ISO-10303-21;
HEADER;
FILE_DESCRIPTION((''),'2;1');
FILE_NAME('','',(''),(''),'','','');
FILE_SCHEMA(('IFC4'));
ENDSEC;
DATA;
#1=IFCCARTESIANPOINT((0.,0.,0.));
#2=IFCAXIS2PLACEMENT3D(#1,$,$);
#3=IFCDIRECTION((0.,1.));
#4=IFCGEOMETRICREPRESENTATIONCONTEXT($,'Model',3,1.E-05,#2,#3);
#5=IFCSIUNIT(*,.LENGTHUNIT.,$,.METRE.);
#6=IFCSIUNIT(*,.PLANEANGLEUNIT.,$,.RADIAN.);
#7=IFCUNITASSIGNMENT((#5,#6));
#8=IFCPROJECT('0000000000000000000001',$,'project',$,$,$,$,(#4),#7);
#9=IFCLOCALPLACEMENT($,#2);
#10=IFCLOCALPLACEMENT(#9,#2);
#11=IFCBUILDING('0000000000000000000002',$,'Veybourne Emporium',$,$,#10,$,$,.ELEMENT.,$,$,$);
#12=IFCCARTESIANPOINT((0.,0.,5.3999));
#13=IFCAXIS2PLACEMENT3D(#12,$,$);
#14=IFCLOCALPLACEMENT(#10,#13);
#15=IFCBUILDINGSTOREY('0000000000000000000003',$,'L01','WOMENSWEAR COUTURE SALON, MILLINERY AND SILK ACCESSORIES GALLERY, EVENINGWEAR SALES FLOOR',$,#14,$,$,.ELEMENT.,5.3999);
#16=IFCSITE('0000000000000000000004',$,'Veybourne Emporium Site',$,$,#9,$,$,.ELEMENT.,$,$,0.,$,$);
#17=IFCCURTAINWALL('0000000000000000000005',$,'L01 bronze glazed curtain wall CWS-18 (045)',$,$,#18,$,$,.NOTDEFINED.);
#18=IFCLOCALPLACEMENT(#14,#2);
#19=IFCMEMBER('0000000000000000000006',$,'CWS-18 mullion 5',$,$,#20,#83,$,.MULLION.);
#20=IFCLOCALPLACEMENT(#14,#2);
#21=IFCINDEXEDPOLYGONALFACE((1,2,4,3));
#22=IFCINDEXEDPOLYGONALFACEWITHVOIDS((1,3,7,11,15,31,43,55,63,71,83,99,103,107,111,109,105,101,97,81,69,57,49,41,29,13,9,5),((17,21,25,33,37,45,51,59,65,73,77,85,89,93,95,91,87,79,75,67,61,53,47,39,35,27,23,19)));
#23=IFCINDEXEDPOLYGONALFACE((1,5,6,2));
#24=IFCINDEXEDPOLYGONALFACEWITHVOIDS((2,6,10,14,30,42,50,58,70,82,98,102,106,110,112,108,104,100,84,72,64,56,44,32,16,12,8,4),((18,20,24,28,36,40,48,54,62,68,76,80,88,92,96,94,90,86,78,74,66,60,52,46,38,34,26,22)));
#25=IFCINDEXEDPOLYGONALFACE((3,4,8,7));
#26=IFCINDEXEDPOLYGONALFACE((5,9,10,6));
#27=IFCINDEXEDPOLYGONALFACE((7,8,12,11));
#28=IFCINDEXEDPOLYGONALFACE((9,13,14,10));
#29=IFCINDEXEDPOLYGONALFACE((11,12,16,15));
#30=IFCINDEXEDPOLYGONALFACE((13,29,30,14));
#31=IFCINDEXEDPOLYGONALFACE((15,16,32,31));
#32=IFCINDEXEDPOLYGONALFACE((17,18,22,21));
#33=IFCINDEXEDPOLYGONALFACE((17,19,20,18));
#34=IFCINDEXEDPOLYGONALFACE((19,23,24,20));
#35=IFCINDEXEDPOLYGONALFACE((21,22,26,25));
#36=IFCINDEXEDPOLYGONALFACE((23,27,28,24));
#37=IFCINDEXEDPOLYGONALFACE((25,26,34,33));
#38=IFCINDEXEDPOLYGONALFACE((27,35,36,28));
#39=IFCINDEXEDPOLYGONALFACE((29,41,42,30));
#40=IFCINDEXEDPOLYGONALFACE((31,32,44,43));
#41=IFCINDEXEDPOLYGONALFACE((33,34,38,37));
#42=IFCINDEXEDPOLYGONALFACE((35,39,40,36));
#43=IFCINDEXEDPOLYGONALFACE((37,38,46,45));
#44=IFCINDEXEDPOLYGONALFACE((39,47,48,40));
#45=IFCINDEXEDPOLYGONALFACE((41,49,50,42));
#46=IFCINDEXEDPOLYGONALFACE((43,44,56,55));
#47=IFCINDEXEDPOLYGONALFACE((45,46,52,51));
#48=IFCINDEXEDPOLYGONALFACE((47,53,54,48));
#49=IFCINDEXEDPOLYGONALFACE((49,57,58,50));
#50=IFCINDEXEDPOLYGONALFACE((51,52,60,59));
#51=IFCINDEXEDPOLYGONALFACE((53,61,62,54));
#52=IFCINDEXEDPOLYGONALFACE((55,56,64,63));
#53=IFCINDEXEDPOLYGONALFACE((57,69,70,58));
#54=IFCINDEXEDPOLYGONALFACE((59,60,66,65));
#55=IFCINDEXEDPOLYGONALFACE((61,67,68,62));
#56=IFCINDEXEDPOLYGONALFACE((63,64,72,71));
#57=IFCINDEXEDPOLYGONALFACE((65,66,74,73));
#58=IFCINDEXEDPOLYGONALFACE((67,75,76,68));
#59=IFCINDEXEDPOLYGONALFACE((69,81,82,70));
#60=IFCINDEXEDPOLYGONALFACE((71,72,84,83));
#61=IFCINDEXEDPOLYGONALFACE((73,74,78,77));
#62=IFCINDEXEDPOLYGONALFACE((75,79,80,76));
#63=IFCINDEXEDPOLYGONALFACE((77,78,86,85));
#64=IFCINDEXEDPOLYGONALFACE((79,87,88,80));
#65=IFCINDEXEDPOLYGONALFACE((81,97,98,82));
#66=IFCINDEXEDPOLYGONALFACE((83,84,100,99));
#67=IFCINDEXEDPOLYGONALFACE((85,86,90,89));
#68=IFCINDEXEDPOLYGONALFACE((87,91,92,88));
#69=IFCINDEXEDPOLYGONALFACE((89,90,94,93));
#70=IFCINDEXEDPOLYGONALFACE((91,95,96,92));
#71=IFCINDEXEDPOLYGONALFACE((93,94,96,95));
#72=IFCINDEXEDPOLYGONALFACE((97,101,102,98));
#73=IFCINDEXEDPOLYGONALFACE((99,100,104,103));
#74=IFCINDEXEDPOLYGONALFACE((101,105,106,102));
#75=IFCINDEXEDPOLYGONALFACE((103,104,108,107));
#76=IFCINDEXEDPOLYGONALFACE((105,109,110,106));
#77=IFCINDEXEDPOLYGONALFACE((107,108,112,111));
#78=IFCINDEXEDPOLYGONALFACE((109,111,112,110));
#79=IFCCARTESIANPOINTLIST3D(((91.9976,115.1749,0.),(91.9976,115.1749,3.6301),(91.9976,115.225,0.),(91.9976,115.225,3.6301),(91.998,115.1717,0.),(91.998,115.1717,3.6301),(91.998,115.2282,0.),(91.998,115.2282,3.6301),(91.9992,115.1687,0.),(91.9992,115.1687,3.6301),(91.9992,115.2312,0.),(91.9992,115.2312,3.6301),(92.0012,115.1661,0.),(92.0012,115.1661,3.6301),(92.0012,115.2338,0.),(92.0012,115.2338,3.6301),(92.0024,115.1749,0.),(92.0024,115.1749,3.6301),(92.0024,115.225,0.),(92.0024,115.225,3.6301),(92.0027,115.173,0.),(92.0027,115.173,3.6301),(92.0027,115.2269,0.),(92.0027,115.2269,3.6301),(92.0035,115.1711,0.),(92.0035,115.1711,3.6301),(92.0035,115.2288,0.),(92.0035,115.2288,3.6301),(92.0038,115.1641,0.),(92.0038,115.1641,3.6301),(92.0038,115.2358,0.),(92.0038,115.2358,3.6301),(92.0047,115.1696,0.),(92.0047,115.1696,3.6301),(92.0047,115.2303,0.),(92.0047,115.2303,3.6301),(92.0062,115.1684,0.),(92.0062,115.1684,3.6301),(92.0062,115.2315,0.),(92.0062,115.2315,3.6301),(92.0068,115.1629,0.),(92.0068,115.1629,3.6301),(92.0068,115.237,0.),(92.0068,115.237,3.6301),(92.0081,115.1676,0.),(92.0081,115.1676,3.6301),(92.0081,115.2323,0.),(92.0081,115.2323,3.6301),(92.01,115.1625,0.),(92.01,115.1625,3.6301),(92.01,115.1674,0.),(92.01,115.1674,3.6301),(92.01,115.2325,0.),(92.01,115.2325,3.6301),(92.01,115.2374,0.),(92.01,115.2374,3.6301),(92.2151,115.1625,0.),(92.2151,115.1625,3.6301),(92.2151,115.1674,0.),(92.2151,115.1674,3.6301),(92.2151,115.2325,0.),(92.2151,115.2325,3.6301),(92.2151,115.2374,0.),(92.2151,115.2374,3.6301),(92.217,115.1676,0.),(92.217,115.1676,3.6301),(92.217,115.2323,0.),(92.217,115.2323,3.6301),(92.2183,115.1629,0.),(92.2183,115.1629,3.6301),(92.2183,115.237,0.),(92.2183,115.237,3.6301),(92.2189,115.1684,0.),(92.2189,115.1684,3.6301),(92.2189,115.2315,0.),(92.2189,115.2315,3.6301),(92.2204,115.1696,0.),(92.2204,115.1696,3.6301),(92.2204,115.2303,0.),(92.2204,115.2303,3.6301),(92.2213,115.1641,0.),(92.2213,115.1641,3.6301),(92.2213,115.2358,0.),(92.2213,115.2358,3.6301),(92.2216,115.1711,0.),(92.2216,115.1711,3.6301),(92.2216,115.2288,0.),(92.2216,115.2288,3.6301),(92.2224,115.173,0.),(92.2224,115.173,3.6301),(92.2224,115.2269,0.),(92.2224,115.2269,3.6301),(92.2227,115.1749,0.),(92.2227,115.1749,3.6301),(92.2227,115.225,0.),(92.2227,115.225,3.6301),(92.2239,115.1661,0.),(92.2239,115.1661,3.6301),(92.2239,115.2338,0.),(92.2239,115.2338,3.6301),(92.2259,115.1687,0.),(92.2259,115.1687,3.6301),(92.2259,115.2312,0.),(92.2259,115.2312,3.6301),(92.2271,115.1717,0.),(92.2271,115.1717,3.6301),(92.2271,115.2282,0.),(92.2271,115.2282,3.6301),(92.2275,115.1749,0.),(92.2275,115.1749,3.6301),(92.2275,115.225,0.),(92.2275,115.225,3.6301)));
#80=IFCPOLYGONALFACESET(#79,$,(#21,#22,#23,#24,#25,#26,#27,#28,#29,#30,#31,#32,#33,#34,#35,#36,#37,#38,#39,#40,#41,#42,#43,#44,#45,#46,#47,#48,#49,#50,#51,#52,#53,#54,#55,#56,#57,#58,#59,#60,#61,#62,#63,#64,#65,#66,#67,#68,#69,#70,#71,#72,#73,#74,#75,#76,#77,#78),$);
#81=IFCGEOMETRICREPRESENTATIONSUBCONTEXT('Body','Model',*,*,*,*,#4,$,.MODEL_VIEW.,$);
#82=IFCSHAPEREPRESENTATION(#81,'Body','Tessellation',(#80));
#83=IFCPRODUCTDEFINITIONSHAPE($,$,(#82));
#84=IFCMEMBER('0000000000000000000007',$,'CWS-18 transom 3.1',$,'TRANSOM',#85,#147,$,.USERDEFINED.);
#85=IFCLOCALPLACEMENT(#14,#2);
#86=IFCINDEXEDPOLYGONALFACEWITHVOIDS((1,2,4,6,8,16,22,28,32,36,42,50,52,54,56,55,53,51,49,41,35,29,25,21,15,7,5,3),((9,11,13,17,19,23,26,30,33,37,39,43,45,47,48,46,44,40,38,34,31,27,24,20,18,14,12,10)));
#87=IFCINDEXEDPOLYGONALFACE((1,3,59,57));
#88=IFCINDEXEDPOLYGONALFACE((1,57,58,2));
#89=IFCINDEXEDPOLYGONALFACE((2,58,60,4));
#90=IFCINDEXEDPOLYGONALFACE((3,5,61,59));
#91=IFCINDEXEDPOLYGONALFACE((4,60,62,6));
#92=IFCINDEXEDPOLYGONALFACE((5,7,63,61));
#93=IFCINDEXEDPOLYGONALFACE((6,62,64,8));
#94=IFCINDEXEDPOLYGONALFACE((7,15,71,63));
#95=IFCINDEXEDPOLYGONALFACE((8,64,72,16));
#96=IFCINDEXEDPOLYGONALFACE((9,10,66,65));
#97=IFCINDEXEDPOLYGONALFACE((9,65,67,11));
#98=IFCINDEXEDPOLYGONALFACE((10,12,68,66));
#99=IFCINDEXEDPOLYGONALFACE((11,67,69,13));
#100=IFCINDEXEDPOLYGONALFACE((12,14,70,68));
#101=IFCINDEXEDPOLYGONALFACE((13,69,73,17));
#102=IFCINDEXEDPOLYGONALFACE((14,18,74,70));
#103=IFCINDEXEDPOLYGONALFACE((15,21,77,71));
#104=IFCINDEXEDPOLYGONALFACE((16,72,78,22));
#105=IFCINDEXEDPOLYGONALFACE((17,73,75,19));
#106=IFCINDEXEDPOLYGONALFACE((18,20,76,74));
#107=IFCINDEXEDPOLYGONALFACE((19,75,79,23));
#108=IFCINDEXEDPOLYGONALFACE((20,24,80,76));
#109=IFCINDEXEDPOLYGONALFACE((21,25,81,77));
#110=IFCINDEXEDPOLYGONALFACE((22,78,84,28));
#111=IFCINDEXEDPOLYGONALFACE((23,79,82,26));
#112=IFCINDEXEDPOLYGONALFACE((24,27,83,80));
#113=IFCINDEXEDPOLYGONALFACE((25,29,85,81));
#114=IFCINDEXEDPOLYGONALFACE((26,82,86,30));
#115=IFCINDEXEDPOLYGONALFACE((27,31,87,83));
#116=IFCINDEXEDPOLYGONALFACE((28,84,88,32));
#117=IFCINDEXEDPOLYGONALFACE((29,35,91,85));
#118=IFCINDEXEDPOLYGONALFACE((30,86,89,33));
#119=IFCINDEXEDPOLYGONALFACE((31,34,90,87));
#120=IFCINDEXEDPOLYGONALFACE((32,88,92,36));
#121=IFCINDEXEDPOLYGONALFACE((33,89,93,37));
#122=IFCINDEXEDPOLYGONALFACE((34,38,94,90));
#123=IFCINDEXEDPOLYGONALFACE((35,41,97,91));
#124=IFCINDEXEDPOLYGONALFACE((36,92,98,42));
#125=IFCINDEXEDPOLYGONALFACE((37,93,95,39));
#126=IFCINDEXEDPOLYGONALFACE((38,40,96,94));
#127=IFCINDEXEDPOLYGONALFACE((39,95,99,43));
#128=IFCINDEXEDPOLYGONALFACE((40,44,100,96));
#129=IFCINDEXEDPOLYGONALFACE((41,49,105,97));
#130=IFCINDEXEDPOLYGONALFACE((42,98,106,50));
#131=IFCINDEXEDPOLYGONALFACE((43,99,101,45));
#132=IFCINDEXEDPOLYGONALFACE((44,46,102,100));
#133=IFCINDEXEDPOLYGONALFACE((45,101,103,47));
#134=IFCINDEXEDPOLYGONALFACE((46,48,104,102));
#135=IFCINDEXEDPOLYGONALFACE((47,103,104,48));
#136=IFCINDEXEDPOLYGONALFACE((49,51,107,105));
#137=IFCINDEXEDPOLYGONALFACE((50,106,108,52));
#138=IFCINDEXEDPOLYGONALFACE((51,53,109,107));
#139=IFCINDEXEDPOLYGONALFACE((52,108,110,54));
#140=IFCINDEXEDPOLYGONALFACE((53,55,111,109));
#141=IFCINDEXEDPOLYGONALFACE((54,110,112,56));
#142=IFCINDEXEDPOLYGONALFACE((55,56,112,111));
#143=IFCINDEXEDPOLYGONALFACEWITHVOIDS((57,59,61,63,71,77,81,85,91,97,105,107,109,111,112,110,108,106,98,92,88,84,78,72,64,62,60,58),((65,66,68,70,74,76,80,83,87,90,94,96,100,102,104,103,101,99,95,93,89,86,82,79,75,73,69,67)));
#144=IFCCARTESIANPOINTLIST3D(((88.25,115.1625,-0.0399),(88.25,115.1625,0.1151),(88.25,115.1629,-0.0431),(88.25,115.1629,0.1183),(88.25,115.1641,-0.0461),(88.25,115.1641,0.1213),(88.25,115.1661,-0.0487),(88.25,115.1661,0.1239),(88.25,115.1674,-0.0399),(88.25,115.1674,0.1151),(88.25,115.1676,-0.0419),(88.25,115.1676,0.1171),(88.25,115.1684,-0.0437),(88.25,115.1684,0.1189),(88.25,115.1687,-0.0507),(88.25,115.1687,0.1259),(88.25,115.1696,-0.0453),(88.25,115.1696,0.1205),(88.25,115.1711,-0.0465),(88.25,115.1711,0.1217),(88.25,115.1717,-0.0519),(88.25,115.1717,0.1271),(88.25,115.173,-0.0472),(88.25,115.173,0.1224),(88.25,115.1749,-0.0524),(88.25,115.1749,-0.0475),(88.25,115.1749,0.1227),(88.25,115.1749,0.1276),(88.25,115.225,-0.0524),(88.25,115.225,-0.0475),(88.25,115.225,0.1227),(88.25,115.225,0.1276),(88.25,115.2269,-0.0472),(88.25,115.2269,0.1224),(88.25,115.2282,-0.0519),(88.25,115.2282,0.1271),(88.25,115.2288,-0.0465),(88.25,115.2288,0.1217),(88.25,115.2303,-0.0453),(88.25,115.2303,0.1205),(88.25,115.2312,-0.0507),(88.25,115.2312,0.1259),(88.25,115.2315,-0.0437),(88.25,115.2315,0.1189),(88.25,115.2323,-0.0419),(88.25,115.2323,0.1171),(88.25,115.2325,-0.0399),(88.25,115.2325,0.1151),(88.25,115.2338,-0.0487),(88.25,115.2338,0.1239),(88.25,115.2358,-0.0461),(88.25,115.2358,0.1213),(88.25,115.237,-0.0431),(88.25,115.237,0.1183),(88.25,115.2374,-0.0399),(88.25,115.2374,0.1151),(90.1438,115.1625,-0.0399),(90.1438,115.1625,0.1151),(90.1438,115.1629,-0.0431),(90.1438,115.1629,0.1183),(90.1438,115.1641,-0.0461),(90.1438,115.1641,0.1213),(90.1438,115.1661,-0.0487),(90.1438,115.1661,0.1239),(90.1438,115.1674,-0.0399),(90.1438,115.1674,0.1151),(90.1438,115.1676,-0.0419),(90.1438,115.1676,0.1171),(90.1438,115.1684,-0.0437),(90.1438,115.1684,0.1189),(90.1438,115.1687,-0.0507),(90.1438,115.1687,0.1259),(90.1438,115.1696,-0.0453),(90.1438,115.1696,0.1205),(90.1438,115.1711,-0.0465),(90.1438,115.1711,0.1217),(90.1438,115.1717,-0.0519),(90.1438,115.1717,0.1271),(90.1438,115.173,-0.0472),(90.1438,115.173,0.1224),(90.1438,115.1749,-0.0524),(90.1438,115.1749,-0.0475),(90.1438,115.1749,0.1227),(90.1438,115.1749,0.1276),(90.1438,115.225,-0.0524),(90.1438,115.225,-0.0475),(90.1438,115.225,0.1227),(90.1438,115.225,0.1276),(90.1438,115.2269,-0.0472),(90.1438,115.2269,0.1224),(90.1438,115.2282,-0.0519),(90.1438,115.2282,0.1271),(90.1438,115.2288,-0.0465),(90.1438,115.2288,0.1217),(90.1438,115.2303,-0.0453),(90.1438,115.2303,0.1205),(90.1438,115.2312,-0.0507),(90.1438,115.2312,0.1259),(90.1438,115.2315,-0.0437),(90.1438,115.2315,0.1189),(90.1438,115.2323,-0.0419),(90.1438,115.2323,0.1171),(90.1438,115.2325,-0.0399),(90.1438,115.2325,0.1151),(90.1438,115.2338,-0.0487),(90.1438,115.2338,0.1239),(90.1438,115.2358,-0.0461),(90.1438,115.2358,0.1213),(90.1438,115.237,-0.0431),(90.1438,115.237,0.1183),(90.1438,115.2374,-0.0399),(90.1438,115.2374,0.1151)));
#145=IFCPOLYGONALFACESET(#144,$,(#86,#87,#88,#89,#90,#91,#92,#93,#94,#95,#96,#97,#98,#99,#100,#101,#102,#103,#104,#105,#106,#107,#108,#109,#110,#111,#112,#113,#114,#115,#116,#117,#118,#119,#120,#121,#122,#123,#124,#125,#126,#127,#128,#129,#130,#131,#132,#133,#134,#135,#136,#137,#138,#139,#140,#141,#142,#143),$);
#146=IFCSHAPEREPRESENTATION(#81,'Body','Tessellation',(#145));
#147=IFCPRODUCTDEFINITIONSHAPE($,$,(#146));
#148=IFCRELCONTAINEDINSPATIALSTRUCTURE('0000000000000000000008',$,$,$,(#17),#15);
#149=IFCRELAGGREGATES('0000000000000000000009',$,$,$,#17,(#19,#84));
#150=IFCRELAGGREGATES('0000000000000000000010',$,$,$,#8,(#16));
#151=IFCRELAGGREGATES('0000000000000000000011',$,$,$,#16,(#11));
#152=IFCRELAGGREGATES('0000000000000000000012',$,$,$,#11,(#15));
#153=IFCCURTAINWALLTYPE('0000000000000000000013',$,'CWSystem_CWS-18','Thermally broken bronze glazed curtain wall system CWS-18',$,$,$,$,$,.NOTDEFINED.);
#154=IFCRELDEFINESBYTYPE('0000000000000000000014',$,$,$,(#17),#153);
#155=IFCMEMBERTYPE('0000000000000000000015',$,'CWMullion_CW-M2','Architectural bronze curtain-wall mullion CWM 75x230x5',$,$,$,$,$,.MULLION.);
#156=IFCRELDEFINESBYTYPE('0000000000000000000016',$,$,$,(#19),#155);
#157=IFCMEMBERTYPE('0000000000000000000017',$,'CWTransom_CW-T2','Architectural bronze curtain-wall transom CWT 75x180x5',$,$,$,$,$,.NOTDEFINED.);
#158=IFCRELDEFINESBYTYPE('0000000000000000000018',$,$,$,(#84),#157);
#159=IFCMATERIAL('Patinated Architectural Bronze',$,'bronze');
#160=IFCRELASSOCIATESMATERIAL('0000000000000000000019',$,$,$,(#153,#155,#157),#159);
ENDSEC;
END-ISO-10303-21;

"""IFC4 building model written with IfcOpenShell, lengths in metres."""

from ifc_helpers import new_model, si_unit, direction, frame, origin, origin_2d, place, context, subcontext, project, spatial, hollow_rectangle, extrude, material, material_profile, profile_set, type_object, element, aggregate, save


model = new_model("IFC4")

# Units and contexts
model_context = context("Model", 3, precision=1e-05, world=origin(), true_north=direction((0.0, 1.0)))
body_context = subcontext(model_context, "Body", "Model", "MODEL_VIEW")
ifc_project = project(units=[si_unit("LENGTHUNIT", "METRE"), si_unit("PLANEANGLEUNIT", "RADIAN")], contexts=[model_context])

# Site, building, storey
site_placement = place(None, origin())
site = spatial("IfcSite", under=ifc_project, at=site_placement, Name="Veybourne Emporium Site", CompositionType="ELEMENT", RefElevation=0.0)
building_placement = place(site_placement, origin())
building = spatial("IfcBuilding", under=site, at=building_placement, Name="Veybourne Emporium", CompositionType="ELEMENT")
storey_placement = place(building_placement, frame((0.0, 0.0, 5.3999)))
storey = spatial("IfcBuildingStorey", under=building, at=storey_placement, Name="L01", Description="WOMENSWEAR COUTURE SALON, MILLINERY AND SILK ACCESSORIES GALLERY, EVENINGWEAR SALES FLOOR", CompositionType="ELEMENT", Elevation=5.3999)

# Curtain wall, members
ifc_material_1 = material(Name="Patinated Architectural Bronze", Category="bronze")
curtain_wall_type = type_object("IfcCurtainWallType", Name="CWSystem_CWS-18", Description="Thermally broken bronze glazed curtain wall system CWS-18", PredefinedType="NOTDEFINED", material=ifc_material_1)
curtain_wall_placement = place(storey_placement, origin())
curtain_wall = element("IfcCurtainWall", 1, at=curtain_wall_placement, inside=storey, type_object=curtain_wall_type, Name="L01 bronze glazed curtain wall CWS-18 (045)", PredefinedType="NOTDEFINED")
ifc_material_profile_1 = material_profile(ifc_material_1, hollow_rectangle(XDim=0.075, YDim=0.23, WallThickness=0.0049, InnerFilletRadius=0.0076, OuterFilletRadius=0.0125, at=origin_2d()), Name="CWM 75x230x5")
ifc_profile_set_1 = profile_set([ifc_material_profile_1], Name="Patinated Architectural Bronze")
member_type_1 = type_object("IfcMemberType", Name="CWMullion_CW-M2", Description="Architectural bronze curtain-wall mullion CWM 75x230x5", PredefinedType="MULLION", material=ifc_profile_set_1)
member_1_placement = place(storey_placement, frame((92.1125, 115.2, 0.0), z_axis=(0.0, 0.0, 1.0), x_axis=(0.0, 1.0, 0.0)))
member_1 = element("IfcMember", 2, at=member_1_placement, type_object=member_type_1, Name="CWS-18 mullion 5", PredefinedType="MULLION", context=body_context, shape_type="SweptSolid", body=[
    extrude(hollow_rectangle(XDim=0.075, YDim=0.23, WallThickness=0.0049, InnerFilletRadius=0.0076, OuterFilletRadius=0.0125, at=origin_2d()), origin(), (0.0, 0.0, 1.0), 3.6301),
])
ifc_material_profile_2 = material_profile(ifc_material_1, hollow_rectangle(XDim=0.075, YDim=0.1799, WallThickness=0.0049, InnerFilletRadius=0.0076, OuterFilletRadius=0.0125, at=origin_2d()), Name="CWT 75x180x5")
ifc_profile_set_2 = profile_set([ifc_material_profile_2], Name="Patinated Architectural Bronze")
member_type_2 = type_object("IfcMemberType", Name="CWTransom_CW-T2", Description="Architectural bronze curtain-wall transom CWT 75x180x5", PredefinedType="NOTDEFINED", material=ifc_profile_set_2)
member_2_placement = place(storey_placement, frame((88.25, 115.2, 0.0376), z_axis=(1.0, 0.0, 0.0), x_axis=(0.0, 1.0, 0.0)))
member_2 = element("IfcMember", 3, at=member_2_placement, type_object=member_type_2, Name="CWS-18 transom 3.1", ObjectType="TRANSOM", PredefinedType="USERDEFINED", context=body_context, shape_type="SweptSolid", body=[
    extrude(hollow_rectangle(XDim=0.075, YDim=0.1799, WallThickness=0.0049, InnerFilletRadius=0.0076, OuterFilletRadius=0.0125, at=origin_2d()), origin(), (0.0, 0.0, 1.0), 1.8938),
])
aggregate(curtain_wall, [member_1, member_2])

save(model, "model.ifc")
